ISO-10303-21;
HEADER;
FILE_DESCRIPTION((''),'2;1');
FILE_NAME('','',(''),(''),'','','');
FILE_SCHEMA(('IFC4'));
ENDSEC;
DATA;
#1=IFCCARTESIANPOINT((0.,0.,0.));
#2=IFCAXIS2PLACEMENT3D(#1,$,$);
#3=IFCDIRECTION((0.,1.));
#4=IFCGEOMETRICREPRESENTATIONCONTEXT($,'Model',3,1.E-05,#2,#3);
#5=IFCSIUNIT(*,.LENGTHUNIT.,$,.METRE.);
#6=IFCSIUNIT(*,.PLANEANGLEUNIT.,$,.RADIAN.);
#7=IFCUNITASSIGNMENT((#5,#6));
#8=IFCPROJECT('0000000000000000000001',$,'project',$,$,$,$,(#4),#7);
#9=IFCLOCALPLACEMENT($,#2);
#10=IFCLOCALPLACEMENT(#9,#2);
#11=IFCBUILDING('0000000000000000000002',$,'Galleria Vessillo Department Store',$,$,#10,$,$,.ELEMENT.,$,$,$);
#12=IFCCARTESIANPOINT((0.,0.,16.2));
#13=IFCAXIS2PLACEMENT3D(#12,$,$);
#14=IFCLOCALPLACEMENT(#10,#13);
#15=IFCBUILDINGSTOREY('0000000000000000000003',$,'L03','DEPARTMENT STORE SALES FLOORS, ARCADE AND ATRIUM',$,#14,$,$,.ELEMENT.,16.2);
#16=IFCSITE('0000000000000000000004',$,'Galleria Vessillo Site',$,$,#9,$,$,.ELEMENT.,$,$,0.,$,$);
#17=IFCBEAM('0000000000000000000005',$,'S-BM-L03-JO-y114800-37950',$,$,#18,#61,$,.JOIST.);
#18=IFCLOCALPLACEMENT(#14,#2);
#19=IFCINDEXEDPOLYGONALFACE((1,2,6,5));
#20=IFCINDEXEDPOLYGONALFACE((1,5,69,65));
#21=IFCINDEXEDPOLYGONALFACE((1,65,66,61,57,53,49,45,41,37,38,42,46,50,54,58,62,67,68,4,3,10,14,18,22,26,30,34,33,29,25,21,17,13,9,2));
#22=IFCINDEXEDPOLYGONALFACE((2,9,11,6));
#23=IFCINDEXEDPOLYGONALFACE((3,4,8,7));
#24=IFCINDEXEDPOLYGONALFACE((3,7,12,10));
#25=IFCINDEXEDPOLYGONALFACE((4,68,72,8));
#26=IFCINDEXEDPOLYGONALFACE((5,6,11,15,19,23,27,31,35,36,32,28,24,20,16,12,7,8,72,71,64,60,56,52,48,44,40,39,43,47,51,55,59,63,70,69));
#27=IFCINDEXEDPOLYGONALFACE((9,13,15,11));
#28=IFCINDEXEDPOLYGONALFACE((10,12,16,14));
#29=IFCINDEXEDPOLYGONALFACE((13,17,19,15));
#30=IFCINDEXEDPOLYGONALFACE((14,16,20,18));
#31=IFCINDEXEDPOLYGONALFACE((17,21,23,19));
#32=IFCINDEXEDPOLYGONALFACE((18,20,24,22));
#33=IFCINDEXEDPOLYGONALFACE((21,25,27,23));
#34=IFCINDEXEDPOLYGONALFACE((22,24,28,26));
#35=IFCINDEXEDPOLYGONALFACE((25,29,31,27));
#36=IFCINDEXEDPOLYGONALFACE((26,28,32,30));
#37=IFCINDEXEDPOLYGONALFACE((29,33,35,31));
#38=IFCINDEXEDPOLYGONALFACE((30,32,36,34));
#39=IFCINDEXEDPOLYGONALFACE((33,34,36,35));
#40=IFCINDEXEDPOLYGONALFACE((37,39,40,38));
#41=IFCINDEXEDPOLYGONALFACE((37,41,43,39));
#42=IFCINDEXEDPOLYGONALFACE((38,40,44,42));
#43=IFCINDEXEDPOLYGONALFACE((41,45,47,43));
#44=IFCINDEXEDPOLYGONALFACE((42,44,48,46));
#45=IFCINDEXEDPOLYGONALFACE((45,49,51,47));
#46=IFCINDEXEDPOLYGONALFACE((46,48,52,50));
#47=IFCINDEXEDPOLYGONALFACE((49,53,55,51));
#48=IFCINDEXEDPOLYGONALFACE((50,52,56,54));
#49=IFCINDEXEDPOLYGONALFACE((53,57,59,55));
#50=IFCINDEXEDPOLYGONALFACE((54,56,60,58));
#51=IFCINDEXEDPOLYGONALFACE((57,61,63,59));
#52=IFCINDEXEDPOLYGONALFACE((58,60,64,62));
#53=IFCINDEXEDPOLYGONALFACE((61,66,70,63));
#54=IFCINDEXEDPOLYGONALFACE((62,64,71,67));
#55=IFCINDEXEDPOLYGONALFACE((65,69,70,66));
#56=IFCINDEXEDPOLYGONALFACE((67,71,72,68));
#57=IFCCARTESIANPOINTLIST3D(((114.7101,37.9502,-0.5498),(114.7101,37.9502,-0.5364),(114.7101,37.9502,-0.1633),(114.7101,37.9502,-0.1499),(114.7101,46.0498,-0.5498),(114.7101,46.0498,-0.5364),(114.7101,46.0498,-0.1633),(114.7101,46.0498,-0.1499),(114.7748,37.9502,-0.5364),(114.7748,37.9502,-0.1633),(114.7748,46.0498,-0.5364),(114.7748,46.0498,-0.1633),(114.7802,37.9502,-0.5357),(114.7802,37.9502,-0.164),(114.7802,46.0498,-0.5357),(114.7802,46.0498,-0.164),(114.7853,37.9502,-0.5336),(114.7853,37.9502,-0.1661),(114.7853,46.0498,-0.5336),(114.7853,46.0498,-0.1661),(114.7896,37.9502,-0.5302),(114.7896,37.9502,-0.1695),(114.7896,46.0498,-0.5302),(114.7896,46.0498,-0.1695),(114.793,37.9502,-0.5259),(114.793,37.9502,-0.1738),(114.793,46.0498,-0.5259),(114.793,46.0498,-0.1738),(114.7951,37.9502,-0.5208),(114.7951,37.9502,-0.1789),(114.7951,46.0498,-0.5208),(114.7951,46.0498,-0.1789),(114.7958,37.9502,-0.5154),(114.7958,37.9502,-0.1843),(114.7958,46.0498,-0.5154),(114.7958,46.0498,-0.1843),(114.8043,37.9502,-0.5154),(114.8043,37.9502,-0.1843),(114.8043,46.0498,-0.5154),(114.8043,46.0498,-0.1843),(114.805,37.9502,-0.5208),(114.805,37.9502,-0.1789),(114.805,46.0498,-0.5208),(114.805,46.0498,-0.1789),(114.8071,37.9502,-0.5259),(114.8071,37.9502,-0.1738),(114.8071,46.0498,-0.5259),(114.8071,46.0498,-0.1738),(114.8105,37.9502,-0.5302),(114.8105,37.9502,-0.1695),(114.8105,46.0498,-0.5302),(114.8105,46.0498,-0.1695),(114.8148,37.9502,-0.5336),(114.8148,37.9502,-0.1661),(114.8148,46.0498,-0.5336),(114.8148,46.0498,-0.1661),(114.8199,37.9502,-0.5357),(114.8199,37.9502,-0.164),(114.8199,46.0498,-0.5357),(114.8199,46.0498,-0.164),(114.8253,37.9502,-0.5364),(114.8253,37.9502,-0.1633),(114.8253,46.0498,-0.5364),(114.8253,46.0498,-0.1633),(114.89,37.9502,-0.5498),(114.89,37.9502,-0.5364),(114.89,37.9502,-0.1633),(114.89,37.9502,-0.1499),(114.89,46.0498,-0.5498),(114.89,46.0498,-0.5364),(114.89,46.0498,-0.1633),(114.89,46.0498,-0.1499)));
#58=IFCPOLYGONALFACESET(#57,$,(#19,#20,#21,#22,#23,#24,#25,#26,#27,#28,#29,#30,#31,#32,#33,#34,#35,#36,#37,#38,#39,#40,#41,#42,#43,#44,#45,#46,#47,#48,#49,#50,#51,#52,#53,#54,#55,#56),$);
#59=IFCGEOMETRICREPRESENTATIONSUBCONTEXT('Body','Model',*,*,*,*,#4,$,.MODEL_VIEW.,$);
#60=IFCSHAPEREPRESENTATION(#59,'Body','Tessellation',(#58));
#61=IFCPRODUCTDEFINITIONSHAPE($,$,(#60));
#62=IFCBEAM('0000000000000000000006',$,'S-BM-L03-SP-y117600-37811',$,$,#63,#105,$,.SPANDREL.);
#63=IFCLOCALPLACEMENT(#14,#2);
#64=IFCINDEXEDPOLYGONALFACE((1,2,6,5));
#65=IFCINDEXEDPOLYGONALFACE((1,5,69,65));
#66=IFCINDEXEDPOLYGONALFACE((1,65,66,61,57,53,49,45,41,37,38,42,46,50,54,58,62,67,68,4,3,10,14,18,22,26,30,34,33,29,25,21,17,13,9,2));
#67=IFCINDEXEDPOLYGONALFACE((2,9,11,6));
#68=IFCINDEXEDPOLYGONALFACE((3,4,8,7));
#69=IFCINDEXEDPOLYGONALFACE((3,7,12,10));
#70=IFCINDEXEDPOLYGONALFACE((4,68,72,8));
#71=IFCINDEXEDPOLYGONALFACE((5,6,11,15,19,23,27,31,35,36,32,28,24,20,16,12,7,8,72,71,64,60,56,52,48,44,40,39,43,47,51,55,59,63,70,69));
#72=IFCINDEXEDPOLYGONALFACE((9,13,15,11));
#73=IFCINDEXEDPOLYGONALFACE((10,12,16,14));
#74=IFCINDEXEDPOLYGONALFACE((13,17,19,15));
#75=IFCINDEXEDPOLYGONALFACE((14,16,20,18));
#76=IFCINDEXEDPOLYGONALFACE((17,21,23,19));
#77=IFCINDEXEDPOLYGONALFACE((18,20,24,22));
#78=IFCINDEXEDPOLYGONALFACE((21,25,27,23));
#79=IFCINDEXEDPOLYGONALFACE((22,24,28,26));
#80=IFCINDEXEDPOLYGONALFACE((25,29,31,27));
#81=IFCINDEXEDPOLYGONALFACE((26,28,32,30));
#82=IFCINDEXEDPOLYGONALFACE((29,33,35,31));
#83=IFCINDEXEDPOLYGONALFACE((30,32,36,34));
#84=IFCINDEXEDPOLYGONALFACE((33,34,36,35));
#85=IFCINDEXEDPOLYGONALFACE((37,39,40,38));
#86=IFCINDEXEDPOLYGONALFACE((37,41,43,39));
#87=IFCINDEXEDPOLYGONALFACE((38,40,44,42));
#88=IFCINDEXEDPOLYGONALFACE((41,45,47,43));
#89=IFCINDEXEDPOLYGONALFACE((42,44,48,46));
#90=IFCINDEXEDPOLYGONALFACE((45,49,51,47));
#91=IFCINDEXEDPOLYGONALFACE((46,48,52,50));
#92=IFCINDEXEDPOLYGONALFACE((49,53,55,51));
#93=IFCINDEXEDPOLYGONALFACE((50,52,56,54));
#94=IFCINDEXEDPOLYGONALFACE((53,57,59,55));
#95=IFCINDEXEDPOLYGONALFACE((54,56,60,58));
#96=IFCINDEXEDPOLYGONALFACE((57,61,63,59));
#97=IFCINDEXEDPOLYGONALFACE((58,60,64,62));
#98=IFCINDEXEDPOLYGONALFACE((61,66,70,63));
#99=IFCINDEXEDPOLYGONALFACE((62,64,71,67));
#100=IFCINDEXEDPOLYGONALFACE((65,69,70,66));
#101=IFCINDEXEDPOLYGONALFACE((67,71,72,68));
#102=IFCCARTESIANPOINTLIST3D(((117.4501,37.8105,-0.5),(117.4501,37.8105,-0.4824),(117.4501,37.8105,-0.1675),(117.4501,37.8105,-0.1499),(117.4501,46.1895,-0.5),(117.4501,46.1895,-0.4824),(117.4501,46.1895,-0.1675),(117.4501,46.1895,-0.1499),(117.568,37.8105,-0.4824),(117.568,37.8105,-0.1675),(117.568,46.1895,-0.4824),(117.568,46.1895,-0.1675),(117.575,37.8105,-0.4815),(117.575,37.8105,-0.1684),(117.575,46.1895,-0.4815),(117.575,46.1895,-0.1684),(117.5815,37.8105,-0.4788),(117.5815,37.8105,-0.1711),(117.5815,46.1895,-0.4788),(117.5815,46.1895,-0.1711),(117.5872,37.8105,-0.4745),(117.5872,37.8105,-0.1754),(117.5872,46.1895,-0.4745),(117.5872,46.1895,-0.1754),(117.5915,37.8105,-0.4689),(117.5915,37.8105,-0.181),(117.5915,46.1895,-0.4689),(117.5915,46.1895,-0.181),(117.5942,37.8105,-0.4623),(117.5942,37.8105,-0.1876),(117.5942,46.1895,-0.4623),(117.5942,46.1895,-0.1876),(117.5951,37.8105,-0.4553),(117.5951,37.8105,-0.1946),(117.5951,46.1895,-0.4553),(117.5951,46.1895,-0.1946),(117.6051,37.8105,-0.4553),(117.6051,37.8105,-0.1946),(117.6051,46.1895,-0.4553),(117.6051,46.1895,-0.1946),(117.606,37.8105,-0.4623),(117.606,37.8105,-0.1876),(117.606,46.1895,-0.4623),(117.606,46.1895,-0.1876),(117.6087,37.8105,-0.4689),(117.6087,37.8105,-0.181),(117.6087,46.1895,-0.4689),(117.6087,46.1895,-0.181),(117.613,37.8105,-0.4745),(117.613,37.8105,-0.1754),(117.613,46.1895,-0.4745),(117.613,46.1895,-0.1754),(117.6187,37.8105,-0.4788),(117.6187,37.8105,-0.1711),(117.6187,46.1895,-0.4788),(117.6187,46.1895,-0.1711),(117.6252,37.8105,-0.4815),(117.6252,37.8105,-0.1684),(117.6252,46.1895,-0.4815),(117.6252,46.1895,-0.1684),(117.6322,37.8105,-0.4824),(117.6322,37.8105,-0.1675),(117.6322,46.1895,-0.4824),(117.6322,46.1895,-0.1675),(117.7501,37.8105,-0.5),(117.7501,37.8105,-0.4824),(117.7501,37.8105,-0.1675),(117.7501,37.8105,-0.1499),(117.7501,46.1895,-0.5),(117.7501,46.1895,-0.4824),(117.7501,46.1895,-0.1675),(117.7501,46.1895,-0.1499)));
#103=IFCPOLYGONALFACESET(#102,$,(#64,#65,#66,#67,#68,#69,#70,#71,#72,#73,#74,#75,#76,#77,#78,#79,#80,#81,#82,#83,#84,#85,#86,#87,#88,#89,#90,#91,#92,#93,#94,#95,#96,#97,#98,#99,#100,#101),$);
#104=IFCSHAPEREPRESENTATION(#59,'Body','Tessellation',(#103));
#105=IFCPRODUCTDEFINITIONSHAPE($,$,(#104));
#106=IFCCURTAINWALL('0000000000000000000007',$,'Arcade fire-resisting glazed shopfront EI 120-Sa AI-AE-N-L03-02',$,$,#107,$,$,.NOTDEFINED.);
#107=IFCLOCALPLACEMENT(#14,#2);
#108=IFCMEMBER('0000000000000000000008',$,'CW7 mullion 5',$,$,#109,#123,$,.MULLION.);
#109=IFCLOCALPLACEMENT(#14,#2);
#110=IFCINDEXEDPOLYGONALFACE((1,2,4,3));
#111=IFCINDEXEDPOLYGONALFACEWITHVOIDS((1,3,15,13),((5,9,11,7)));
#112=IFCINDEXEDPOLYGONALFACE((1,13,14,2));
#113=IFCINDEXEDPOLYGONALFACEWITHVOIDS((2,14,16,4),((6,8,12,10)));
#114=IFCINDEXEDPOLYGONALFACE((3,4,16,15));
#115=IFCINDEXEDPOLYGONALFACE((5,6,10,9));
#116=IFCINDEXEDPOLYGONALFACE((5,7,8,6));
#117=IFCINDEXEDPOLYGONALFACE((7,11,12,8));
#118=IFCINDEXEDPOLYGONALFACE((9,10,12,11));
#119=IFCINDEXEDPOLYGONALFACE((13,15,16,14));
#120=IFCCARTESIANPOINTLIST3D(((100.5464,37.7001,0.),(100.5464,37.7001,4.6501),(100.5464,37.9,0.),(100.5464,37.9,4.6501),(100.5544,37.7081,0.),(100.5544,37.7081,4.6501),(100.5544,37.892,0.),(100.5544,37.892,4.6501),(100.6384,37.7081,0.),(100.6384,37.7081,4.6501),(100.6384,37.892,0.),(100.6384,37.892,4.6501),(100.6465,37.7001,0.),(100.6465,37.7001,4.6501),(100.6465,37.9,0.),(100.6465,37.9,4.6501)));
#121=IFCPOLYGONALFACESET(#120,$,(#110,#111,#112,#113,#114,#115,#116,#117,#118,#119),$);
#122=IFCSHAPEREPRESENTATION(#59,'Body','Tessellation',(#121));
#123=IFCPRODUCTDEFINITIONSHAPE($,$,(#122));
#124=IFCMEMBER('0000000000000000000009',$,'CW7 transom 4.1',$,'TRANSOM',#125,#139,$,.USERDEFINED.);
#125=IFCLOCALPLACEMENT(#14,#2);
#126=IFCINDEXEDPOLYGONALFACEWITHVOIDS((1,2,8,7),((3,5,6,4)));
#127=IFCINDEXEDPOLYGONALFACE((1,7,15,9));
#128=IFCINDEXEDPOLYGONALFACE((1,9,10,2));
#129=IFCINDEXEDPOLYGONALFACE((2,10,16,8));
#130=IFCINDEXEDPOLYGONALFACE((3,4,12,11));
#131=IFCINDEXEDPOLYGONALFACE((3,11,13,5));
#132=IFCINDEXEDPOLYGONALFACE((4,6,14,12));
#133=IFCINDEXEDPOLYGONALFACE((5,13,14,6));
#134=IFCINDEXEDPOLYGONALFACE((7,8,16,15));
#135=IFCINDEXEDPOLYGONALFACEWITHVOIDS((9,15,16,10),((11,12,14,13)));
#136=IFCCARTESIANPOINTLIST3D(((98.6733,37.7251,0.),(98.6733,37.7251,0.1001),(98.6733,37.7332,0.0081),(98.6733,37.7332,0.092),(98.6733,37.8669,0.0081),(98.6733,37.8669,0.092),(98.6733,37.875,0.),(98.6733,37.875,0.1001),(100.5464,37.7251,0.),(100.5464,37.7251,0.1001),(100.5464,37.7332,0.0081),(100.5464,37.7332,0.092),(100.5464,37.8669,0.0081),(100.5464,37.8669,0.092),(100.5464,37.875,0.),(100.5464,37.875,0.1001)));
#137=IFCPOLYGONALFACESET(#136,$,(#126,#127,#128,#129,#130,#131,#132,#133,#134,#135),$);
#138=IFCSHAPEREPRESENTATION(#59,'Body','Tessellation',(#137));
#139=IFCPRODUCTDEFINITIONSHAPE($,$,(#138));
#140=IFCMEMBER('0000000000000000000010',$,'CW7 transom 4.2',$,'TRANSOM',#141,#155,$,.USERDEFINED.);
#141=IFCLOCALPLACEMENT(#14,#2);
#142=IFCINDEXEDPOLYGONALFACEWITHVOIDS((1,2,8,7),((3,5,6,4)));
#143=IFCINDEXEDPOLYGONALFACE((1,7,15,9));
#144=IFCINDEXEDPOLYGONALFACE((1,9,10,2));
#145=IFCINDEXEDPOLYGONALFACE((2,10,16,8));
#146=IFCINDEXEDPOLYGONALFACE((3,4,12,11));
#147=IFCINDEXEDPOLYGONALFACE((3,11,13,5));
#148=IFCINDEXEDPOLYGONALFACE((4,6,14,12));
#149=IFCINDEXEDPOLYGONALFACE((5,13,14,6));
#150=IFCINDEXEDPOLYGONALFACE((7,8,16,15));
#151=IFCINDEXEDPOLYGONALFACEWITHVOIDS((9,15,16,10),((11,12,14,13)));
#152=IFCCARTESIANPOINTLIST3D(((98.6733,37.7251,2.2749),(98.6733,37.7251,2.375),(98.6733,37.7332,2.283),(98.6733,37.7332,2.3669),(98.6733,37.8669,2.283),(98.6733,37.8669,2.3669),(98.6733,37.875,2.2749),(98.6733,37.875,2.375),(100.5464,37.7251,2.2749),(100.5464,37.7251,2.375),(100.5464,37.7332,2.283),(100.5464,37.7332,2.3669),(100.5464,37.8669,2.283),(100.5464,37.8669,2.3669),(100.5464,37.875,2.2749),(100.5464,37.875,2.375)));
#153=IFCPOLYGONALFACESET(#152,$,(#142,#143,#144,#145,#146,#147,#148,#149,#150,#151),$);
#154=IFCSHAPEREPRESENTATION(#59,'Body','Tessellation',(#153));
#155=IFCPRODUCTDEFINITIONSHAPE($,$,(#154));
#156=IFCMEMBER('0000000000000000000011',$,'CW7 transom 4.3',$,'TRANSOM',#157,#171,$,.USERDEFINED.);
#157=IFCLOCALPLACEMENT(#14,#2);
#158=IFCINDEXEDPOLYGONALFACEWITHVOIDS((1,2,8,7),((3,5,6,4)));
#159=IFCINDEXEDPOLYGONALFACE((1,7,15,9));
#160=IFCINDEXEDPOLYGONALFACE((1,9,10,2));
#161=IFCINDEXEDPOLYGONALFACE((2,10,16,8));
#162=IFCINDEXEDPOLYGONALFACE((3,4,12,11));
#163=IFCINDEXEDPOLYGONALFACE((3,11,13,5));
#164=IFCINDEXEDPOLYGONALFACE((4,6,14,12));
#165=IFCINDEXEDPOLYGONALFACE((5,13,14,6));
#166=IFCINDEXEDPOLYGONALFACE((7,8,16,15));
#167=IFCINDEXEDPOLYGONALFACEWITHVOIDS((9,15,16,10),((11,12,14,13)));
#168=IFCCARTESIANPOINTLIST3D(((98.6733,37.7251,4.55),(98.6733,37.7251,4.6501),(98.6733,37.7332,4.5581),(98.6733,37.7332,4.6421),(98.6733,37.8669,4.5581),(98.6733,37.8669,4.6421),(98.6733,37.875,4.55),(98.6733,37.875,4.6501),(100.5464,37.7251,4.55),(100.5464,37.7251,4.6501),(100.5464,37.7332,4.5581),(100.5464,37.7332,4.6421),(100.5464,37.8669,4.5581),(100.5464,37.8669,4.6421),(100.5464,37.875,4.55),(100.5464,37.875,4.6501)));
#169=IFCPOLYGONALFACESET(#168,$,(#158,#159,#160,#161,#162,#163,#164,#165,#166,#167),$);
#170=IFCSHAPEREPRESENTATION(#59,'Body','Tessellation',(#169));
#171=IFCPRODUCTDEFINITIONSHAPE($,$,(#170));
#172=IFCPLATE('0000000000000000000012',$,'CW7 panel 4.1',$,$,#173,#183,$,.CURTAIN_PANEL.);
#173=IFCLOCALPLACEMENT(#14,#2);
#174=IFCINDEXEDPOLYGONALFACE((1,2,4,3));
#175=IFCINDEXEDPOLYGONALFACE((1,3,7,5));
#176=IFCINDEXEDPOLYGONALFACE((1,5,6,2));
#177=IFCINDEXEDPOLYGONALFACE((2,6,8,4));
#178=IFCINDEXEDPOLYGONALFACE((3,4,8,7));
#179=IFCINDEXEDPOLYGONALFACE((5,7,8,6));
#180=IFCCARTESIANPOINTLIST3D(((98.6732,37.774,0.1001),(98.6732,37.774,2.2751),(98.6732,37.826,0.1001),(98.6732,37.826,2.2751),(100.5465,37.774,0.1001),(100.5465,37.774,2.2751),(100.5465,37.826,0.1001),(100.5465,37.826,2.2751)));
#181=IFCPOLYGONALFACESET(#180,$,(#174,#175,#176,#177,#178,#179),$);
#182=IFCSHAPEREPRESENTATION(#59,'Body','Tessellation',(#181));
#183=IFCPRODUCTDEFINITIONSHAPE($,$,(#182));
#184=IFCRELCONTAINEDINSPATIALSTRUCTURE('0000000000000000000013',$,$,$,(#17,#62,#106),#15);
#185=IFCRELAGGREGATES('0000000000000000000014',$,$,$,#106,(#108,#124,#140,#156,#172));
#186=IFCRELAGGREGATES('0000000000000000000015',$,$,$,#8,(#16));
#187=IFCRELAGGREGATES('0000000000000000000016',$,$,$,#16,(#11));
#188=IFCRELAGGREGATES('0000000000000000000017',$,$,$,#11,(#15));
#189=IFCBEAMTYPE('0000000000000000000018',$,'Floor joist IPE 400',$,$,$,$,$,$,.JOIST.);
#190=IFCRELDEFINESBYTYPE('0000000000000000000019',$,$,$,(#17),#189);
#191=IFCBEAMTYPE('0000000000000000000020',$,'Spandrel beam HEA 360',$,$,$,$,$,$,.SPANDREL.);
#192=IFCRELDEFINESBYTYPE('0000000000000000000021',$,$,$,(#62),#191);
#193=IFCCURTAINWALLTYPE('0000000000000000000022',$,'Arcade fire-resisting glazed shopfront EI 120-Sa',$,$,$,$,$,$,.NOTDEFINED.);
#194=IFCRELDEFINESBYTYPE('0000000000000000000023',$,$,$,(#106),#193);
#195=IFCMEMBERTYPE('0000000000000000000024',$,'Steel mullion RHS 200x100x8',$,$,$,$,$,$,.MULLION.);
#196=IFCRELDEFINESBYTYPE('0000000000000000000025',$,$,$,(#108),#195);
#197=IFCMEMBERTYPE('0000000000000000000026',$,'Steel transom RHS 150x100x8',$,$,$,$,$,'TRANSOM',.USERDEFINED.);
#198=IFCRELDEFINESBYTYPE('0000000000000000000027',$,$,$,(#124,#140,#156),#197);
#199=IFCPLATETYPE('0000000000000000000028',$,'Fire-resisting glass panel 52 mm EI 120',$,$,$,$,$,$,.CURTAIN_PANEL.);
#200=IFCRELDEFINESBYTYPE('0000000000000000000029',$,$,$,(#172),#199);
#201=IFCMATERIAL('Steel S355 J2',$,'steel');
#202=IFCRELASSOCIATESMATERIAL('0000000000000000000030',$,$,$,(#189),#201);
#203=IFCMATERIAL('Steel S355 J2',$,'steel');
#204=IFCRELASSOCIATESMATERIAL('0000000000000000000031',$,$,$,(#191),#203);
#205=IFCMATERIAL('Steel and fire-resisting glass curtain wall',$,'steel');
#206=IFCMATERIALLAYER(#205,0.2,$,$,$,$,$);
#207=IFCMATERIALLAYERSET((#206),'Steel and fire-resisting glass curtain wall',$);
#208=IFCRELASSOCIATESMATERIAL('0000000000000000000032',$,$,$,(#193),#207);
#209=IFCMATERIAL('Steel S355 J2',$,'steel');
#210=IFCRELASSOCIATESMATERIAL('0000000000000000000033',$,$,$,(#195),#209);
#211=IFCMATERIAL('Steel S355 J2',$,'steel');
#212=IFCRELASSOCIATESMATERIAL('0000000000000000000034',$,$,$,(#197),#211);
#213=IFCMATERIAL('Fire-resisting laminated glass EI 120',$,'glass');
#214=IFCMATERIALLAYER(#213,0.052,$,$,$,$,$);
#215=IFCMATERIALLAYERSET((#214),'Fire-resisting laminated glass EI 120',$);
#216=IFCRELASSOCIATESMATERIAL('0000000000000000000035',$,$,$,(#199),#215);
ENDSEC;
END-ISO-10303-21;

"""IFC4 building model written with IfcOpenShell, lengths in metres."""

from ifc_helpers import new_model, si_unit, direction, frame, origin, origin_2d, place, context, subcontext, project, spatial, rectangle, hollow_rectangle, i_section, extrude, material, layer, layer_set, material_profile, profile_set, type_object, element, aggregate, save


model = new_model("IFC4")

# Units and contexts
model_context = context("Model", 3, precision=1e-05, world=origin(), true_north=direction((0.0, 1.0)))
body_context = subcontext(model_context, "Body", "Model", "MODEL_VIEW")
ifc_project = project(units=[si_unit("LENGTHUNIT", "METRE"), si_unit("PLANEANGLEUNIT", "RADIAN")], contexts=[model_context])

# Site, building, storey
site_placement = place(None, origin())
site = spatial("IfcSite", under=ifc_project, at=site_placement, Name="Galleria Vessillo Site", CompositionType="ELEMENT", RefElevation=0.0)
building_placement = place(site_placement, origin())
building = spatial("IfcBuilding", under=site, at=building_placement, Name="Galleria Vessillo Department Store", CompositionType="ELEMENT")
storey_placement = place(building_placement, frame((0.0, 0.0, 16.2)))
storey = spatial("IfcBuildingStorey", under=building, at=storey_placement, Name="L03", Description="DEPARTMENT STORE SALES FLOORS, ARCADE AND ATRIUM", CompositionType="ELEMENT", Elevation=16.2)

# Beams
ifc_material_1 = material(Name="Steel S355 J2", Category="steel")
ifc_material_profile_1 = material_profile(ifc_material_1, i_section(OverallWidth=0.1799, OverallDepth=0.3999, WebThickness=0.0085, FlangeThickness=0.0134, FilletRadius=0.021, at=origin_2d()), Name="IPE 400")
ifc_profile_set_1 = profile_set([ifc_material_profile_1], Name="Steel S355 J2")
beam_type_1 = type_object("IfcBeamType", Name="Floor joist IPE 400", PredefinedType="JOIST", material=ifc_profile_set_1)
for number, where, z_axis, x_axis, name in (
    (1, (114.8, 37.9502, -0.3499), (0.0, 1.0, 0.0), (-1.0, 0.0, 0.0), "S-BM-L03-JO-y114800-37950"),
):
    element("IfcBeam", number, at=place(storey_placement, frame(where, z_axis=z_axis, x_axis=x_axis)), inside=storey, type_object=beam_type_1, Name=name, PredefinedType="JOIST", context=body_context, shape_type="SweptSolid", body=[
        extrude(i_section(OverallWidth=0.1799, OverallDepth=0.3999, WebThickness=0.0085, FlangeThickness=0.0134, FilletRadius=0.021, at=origin_2d()), origin(), (0.0, 0.0, 1.0), 8.0996),
    ])
ifc_material_2 = material(Name="Steel S355 J2", Category="steel")
ifc_material_profile_2 = material_profile(ifc_material_2, i_section(OverallWidth=0.3, OverallDepth=0.3501, WebThickness=0.01, FlangeThickness=0.0176, FilletRadius=0.0271, at=origin_2d()), Name="HEA 360")
ifc_profile_set_2 = profile_set([ifc_material_profile_2], Name="Steel S355 J2")
beam_type_2 = type_object("IfcBeamType", Name="Spandrel beam HEA 360", PredefinedType="SPANDREL", material=ifc_profile_set_2)
beam_1_placement = place(storey_placement, frame((117.6001, 37.8105, -0.325), z_axis=(0.0, 1.0, 0.0), x_axis=(-1.0, 0.0, 0.0)))
element("IfcBeam", 2, at=beam_1_placement, inside=storey, type_object=beam_type_2, Name="S-BM-L03-SP-y117600-37811", PredefinedType="SPANDREL", context=body_context, shape_type="SweptSolid", body=[
    extrude(i_section(OverallWidth=0.3, OverallDepth=0.3501, WebThickness=0.01, FlangeThickness=0.0176, FilletRadius=0.0271, at=origin_2d()), origin(), (0.0, 0.0, 1.0), 8.3789),
])

# Curtain wall, members, plate
ifc_material_3 = material(Name="Steel and fire-resisting glass curtain wall", Category="steel")
ifc_layer_1 = layer(ifc_material_3, 0.2)
ifc_layer_set_1 = layer_set([ifc_layer_1], Name="Steel and fire-resisting glass curtain wall")
curtain_wall_type = type_object("IfcCurtainWallType", Name="Arcade fire-resisting glazed shopfront EI 120-Sa", PredefinedType="NOTDEFINED", material=ifc_layer_set_1)
curtain_wall_placement = place(storey_placement, origin())
curtain_wall = element("IfcCurtainWall", 3, at=curtain_wall_placement, inside=storey, type_object=curtain_wall_type, Name="Arcade fire-resisting glazed shopfront EI 120-Sa AI-AE-N-L03-02", PredefinedType="NOTDEFINED")
ifc_material_4 = material(Name="Steel S355 J2", Category="steel")
ifc_material_profile_3 = material_profile(ifc_material_4, hollow_rectangle(XDim=0.2, YDim=0.1001, WallThickness=0.0081, at=origin_2d()), Name="RHS 200x100x8")
ifc_profile_set_3 = profile_set([ifc_material_profile_3], Name="Steel S355 J2")
member_type_1 = type_object("IfcMemberType", Name="Steel mullion RHS 200x100x8", PredefinedType="MULLION", material=ifc_profile_set_3)
member_1_placement = place(storey_placement, frame((100.5964, 37.8, 0.0), z_axis=(0.0, 0.0, 1.0), x_axis=(0.0, 1.0, 0.0)))
member_1 = element("IfcMember", 4, at=member_1_placement, type_object=member_type_1, Name="CW7 mullion 5", PredefinedType="MULLION", context=body_context, shape_type="SweptSolid", body=[
    extrude(hollow_rectangle(XDim=0.2, YDim=0.1001, WallThickness=0.0081, at=origin_2d()), origin(), (0.0, 0.0, 1.0), 4.6501),
])
ifc_material_5 = material(Name="Steel S355 J2", Category="steel")
ifc_material_profile_4 = material_profile(ifc_material_5, hollow_rectangle(XDim=0.1499, YDim=0.1001, WallThickness=0.0081, at=origin_2d()), Name="RHS 150x100x8")
ifc_profile_set_4 = profile_set([ifc_material_profile_4], Name="Steel S355 J2")
member_type_2 = type_object("IfcMemberType", Name="Steel transom RHS 150x100x8", ElementType="TRANSOM", PredefinedType="USERDEFINED", material=ifc_profile_set_4)
member_2_placement = place(storey_placement, frame((98.6733, 37.8, 0.05), z_axis=(1.0, 0.0, 0.0), x_axis=(0.0, 1.0, 0.0)))
member_2 = element("IfcMember", 5, at=member_2_placement, type_object=member_type_2, Name="CW7 transom 4.1", ObjectType="TRANSOM", PredefinedType="USERDEFINED", context=body_context, shape_type="SweptSolid", body=[
    extrude(hollow_rectangle(XDim=0.1499, YDim=0.1001, WallThickness=0.0081, at=origin_2d()), origin(), (0.0, 0.0, 1.0), 1.873),
])
member_3_placement = place(storey_placement, frame((98.6733, 37.8, 2.325), z_axis=(1.0, 0.0, 0.0), x_axis=(0.0, 1.0, 0.0)))
member_3 = element("IfcMember", 6, at=member_3_placement, type_object=member_type_2, Name="CW7 transom 4.2", ObjectType="TRANSOM", PredefinedType="USERDEFINED", context=body_context, shape_type="SweptSolid", body=[
    extrude(hollow_rectangle(XDim=0.1499, YDim=0.1001, WallThickness=0.0081, at=origin_2d()), origin(), (0.0, 0.0, 1.0), 1.873),
])
member_4_placement = place(storey_placement, frame((98.6733, 37.8, 4.6001), z_axis=(1.0, 0.0, 0.0), x_axis=(0.0, 1.0, 0.0)))
member_4 = element("IfcMember", 7, at=member_4_placement, type_object=member_type_2, Name="CW7 transom 4.3", ObjectType="TRANSOM", PredefinedType="USERDEFINED", context=body_context, shape_type="SweptSolid", body=[
    extrude(hollow_rectangle(XDim=0.1499, YDim=0.1001, WallThickness=0.0081, at=origin_2d()), origin(), (0.0, 0.0, 1.0), 1.873),
])
ifc_material_6 = material(Name="Fire-resisting laminated glass EI 120", Category="glass")
ifc_layer_2 = layer(ifc_material_6, 0.052)
ifc_layer_set_2 = layer_set([ifc_layer_2], Name="Fire-resisting laminated glass EI 120")
plate_type = type_object("IfcPlateType", Name="Fire-resisting glass panel 52 mm EI 120", PredefinedType="CURTAIN_PANEL", material=ifc_layer_set_2)
plate_1_placement = place(storey_placement, frame((99.6099, 37.8, 0.1001), z_axis=(0.0, 0.0, 1.0), x_axis=(1.0, 0.0, 0.0)))
plate_1 = element("IfcPlate", 8, at=plate_1_placement, type_object=plate_type, Name="CW7 panel 4.1", PredefinedType="CURTAIN_PANEL", context=body_context, shape_type="SweptSolid", body=[
    extrude(rectangle(XDim=1.8733, YDim=0.052, at=origin_2d()), origin(), (0.0, 0.0, 1.0), 2.175),
])
aggregate(curtain_wall, [member_1, member_2, member_3, member_4, plate_1])

save(model, "model.ifc")
